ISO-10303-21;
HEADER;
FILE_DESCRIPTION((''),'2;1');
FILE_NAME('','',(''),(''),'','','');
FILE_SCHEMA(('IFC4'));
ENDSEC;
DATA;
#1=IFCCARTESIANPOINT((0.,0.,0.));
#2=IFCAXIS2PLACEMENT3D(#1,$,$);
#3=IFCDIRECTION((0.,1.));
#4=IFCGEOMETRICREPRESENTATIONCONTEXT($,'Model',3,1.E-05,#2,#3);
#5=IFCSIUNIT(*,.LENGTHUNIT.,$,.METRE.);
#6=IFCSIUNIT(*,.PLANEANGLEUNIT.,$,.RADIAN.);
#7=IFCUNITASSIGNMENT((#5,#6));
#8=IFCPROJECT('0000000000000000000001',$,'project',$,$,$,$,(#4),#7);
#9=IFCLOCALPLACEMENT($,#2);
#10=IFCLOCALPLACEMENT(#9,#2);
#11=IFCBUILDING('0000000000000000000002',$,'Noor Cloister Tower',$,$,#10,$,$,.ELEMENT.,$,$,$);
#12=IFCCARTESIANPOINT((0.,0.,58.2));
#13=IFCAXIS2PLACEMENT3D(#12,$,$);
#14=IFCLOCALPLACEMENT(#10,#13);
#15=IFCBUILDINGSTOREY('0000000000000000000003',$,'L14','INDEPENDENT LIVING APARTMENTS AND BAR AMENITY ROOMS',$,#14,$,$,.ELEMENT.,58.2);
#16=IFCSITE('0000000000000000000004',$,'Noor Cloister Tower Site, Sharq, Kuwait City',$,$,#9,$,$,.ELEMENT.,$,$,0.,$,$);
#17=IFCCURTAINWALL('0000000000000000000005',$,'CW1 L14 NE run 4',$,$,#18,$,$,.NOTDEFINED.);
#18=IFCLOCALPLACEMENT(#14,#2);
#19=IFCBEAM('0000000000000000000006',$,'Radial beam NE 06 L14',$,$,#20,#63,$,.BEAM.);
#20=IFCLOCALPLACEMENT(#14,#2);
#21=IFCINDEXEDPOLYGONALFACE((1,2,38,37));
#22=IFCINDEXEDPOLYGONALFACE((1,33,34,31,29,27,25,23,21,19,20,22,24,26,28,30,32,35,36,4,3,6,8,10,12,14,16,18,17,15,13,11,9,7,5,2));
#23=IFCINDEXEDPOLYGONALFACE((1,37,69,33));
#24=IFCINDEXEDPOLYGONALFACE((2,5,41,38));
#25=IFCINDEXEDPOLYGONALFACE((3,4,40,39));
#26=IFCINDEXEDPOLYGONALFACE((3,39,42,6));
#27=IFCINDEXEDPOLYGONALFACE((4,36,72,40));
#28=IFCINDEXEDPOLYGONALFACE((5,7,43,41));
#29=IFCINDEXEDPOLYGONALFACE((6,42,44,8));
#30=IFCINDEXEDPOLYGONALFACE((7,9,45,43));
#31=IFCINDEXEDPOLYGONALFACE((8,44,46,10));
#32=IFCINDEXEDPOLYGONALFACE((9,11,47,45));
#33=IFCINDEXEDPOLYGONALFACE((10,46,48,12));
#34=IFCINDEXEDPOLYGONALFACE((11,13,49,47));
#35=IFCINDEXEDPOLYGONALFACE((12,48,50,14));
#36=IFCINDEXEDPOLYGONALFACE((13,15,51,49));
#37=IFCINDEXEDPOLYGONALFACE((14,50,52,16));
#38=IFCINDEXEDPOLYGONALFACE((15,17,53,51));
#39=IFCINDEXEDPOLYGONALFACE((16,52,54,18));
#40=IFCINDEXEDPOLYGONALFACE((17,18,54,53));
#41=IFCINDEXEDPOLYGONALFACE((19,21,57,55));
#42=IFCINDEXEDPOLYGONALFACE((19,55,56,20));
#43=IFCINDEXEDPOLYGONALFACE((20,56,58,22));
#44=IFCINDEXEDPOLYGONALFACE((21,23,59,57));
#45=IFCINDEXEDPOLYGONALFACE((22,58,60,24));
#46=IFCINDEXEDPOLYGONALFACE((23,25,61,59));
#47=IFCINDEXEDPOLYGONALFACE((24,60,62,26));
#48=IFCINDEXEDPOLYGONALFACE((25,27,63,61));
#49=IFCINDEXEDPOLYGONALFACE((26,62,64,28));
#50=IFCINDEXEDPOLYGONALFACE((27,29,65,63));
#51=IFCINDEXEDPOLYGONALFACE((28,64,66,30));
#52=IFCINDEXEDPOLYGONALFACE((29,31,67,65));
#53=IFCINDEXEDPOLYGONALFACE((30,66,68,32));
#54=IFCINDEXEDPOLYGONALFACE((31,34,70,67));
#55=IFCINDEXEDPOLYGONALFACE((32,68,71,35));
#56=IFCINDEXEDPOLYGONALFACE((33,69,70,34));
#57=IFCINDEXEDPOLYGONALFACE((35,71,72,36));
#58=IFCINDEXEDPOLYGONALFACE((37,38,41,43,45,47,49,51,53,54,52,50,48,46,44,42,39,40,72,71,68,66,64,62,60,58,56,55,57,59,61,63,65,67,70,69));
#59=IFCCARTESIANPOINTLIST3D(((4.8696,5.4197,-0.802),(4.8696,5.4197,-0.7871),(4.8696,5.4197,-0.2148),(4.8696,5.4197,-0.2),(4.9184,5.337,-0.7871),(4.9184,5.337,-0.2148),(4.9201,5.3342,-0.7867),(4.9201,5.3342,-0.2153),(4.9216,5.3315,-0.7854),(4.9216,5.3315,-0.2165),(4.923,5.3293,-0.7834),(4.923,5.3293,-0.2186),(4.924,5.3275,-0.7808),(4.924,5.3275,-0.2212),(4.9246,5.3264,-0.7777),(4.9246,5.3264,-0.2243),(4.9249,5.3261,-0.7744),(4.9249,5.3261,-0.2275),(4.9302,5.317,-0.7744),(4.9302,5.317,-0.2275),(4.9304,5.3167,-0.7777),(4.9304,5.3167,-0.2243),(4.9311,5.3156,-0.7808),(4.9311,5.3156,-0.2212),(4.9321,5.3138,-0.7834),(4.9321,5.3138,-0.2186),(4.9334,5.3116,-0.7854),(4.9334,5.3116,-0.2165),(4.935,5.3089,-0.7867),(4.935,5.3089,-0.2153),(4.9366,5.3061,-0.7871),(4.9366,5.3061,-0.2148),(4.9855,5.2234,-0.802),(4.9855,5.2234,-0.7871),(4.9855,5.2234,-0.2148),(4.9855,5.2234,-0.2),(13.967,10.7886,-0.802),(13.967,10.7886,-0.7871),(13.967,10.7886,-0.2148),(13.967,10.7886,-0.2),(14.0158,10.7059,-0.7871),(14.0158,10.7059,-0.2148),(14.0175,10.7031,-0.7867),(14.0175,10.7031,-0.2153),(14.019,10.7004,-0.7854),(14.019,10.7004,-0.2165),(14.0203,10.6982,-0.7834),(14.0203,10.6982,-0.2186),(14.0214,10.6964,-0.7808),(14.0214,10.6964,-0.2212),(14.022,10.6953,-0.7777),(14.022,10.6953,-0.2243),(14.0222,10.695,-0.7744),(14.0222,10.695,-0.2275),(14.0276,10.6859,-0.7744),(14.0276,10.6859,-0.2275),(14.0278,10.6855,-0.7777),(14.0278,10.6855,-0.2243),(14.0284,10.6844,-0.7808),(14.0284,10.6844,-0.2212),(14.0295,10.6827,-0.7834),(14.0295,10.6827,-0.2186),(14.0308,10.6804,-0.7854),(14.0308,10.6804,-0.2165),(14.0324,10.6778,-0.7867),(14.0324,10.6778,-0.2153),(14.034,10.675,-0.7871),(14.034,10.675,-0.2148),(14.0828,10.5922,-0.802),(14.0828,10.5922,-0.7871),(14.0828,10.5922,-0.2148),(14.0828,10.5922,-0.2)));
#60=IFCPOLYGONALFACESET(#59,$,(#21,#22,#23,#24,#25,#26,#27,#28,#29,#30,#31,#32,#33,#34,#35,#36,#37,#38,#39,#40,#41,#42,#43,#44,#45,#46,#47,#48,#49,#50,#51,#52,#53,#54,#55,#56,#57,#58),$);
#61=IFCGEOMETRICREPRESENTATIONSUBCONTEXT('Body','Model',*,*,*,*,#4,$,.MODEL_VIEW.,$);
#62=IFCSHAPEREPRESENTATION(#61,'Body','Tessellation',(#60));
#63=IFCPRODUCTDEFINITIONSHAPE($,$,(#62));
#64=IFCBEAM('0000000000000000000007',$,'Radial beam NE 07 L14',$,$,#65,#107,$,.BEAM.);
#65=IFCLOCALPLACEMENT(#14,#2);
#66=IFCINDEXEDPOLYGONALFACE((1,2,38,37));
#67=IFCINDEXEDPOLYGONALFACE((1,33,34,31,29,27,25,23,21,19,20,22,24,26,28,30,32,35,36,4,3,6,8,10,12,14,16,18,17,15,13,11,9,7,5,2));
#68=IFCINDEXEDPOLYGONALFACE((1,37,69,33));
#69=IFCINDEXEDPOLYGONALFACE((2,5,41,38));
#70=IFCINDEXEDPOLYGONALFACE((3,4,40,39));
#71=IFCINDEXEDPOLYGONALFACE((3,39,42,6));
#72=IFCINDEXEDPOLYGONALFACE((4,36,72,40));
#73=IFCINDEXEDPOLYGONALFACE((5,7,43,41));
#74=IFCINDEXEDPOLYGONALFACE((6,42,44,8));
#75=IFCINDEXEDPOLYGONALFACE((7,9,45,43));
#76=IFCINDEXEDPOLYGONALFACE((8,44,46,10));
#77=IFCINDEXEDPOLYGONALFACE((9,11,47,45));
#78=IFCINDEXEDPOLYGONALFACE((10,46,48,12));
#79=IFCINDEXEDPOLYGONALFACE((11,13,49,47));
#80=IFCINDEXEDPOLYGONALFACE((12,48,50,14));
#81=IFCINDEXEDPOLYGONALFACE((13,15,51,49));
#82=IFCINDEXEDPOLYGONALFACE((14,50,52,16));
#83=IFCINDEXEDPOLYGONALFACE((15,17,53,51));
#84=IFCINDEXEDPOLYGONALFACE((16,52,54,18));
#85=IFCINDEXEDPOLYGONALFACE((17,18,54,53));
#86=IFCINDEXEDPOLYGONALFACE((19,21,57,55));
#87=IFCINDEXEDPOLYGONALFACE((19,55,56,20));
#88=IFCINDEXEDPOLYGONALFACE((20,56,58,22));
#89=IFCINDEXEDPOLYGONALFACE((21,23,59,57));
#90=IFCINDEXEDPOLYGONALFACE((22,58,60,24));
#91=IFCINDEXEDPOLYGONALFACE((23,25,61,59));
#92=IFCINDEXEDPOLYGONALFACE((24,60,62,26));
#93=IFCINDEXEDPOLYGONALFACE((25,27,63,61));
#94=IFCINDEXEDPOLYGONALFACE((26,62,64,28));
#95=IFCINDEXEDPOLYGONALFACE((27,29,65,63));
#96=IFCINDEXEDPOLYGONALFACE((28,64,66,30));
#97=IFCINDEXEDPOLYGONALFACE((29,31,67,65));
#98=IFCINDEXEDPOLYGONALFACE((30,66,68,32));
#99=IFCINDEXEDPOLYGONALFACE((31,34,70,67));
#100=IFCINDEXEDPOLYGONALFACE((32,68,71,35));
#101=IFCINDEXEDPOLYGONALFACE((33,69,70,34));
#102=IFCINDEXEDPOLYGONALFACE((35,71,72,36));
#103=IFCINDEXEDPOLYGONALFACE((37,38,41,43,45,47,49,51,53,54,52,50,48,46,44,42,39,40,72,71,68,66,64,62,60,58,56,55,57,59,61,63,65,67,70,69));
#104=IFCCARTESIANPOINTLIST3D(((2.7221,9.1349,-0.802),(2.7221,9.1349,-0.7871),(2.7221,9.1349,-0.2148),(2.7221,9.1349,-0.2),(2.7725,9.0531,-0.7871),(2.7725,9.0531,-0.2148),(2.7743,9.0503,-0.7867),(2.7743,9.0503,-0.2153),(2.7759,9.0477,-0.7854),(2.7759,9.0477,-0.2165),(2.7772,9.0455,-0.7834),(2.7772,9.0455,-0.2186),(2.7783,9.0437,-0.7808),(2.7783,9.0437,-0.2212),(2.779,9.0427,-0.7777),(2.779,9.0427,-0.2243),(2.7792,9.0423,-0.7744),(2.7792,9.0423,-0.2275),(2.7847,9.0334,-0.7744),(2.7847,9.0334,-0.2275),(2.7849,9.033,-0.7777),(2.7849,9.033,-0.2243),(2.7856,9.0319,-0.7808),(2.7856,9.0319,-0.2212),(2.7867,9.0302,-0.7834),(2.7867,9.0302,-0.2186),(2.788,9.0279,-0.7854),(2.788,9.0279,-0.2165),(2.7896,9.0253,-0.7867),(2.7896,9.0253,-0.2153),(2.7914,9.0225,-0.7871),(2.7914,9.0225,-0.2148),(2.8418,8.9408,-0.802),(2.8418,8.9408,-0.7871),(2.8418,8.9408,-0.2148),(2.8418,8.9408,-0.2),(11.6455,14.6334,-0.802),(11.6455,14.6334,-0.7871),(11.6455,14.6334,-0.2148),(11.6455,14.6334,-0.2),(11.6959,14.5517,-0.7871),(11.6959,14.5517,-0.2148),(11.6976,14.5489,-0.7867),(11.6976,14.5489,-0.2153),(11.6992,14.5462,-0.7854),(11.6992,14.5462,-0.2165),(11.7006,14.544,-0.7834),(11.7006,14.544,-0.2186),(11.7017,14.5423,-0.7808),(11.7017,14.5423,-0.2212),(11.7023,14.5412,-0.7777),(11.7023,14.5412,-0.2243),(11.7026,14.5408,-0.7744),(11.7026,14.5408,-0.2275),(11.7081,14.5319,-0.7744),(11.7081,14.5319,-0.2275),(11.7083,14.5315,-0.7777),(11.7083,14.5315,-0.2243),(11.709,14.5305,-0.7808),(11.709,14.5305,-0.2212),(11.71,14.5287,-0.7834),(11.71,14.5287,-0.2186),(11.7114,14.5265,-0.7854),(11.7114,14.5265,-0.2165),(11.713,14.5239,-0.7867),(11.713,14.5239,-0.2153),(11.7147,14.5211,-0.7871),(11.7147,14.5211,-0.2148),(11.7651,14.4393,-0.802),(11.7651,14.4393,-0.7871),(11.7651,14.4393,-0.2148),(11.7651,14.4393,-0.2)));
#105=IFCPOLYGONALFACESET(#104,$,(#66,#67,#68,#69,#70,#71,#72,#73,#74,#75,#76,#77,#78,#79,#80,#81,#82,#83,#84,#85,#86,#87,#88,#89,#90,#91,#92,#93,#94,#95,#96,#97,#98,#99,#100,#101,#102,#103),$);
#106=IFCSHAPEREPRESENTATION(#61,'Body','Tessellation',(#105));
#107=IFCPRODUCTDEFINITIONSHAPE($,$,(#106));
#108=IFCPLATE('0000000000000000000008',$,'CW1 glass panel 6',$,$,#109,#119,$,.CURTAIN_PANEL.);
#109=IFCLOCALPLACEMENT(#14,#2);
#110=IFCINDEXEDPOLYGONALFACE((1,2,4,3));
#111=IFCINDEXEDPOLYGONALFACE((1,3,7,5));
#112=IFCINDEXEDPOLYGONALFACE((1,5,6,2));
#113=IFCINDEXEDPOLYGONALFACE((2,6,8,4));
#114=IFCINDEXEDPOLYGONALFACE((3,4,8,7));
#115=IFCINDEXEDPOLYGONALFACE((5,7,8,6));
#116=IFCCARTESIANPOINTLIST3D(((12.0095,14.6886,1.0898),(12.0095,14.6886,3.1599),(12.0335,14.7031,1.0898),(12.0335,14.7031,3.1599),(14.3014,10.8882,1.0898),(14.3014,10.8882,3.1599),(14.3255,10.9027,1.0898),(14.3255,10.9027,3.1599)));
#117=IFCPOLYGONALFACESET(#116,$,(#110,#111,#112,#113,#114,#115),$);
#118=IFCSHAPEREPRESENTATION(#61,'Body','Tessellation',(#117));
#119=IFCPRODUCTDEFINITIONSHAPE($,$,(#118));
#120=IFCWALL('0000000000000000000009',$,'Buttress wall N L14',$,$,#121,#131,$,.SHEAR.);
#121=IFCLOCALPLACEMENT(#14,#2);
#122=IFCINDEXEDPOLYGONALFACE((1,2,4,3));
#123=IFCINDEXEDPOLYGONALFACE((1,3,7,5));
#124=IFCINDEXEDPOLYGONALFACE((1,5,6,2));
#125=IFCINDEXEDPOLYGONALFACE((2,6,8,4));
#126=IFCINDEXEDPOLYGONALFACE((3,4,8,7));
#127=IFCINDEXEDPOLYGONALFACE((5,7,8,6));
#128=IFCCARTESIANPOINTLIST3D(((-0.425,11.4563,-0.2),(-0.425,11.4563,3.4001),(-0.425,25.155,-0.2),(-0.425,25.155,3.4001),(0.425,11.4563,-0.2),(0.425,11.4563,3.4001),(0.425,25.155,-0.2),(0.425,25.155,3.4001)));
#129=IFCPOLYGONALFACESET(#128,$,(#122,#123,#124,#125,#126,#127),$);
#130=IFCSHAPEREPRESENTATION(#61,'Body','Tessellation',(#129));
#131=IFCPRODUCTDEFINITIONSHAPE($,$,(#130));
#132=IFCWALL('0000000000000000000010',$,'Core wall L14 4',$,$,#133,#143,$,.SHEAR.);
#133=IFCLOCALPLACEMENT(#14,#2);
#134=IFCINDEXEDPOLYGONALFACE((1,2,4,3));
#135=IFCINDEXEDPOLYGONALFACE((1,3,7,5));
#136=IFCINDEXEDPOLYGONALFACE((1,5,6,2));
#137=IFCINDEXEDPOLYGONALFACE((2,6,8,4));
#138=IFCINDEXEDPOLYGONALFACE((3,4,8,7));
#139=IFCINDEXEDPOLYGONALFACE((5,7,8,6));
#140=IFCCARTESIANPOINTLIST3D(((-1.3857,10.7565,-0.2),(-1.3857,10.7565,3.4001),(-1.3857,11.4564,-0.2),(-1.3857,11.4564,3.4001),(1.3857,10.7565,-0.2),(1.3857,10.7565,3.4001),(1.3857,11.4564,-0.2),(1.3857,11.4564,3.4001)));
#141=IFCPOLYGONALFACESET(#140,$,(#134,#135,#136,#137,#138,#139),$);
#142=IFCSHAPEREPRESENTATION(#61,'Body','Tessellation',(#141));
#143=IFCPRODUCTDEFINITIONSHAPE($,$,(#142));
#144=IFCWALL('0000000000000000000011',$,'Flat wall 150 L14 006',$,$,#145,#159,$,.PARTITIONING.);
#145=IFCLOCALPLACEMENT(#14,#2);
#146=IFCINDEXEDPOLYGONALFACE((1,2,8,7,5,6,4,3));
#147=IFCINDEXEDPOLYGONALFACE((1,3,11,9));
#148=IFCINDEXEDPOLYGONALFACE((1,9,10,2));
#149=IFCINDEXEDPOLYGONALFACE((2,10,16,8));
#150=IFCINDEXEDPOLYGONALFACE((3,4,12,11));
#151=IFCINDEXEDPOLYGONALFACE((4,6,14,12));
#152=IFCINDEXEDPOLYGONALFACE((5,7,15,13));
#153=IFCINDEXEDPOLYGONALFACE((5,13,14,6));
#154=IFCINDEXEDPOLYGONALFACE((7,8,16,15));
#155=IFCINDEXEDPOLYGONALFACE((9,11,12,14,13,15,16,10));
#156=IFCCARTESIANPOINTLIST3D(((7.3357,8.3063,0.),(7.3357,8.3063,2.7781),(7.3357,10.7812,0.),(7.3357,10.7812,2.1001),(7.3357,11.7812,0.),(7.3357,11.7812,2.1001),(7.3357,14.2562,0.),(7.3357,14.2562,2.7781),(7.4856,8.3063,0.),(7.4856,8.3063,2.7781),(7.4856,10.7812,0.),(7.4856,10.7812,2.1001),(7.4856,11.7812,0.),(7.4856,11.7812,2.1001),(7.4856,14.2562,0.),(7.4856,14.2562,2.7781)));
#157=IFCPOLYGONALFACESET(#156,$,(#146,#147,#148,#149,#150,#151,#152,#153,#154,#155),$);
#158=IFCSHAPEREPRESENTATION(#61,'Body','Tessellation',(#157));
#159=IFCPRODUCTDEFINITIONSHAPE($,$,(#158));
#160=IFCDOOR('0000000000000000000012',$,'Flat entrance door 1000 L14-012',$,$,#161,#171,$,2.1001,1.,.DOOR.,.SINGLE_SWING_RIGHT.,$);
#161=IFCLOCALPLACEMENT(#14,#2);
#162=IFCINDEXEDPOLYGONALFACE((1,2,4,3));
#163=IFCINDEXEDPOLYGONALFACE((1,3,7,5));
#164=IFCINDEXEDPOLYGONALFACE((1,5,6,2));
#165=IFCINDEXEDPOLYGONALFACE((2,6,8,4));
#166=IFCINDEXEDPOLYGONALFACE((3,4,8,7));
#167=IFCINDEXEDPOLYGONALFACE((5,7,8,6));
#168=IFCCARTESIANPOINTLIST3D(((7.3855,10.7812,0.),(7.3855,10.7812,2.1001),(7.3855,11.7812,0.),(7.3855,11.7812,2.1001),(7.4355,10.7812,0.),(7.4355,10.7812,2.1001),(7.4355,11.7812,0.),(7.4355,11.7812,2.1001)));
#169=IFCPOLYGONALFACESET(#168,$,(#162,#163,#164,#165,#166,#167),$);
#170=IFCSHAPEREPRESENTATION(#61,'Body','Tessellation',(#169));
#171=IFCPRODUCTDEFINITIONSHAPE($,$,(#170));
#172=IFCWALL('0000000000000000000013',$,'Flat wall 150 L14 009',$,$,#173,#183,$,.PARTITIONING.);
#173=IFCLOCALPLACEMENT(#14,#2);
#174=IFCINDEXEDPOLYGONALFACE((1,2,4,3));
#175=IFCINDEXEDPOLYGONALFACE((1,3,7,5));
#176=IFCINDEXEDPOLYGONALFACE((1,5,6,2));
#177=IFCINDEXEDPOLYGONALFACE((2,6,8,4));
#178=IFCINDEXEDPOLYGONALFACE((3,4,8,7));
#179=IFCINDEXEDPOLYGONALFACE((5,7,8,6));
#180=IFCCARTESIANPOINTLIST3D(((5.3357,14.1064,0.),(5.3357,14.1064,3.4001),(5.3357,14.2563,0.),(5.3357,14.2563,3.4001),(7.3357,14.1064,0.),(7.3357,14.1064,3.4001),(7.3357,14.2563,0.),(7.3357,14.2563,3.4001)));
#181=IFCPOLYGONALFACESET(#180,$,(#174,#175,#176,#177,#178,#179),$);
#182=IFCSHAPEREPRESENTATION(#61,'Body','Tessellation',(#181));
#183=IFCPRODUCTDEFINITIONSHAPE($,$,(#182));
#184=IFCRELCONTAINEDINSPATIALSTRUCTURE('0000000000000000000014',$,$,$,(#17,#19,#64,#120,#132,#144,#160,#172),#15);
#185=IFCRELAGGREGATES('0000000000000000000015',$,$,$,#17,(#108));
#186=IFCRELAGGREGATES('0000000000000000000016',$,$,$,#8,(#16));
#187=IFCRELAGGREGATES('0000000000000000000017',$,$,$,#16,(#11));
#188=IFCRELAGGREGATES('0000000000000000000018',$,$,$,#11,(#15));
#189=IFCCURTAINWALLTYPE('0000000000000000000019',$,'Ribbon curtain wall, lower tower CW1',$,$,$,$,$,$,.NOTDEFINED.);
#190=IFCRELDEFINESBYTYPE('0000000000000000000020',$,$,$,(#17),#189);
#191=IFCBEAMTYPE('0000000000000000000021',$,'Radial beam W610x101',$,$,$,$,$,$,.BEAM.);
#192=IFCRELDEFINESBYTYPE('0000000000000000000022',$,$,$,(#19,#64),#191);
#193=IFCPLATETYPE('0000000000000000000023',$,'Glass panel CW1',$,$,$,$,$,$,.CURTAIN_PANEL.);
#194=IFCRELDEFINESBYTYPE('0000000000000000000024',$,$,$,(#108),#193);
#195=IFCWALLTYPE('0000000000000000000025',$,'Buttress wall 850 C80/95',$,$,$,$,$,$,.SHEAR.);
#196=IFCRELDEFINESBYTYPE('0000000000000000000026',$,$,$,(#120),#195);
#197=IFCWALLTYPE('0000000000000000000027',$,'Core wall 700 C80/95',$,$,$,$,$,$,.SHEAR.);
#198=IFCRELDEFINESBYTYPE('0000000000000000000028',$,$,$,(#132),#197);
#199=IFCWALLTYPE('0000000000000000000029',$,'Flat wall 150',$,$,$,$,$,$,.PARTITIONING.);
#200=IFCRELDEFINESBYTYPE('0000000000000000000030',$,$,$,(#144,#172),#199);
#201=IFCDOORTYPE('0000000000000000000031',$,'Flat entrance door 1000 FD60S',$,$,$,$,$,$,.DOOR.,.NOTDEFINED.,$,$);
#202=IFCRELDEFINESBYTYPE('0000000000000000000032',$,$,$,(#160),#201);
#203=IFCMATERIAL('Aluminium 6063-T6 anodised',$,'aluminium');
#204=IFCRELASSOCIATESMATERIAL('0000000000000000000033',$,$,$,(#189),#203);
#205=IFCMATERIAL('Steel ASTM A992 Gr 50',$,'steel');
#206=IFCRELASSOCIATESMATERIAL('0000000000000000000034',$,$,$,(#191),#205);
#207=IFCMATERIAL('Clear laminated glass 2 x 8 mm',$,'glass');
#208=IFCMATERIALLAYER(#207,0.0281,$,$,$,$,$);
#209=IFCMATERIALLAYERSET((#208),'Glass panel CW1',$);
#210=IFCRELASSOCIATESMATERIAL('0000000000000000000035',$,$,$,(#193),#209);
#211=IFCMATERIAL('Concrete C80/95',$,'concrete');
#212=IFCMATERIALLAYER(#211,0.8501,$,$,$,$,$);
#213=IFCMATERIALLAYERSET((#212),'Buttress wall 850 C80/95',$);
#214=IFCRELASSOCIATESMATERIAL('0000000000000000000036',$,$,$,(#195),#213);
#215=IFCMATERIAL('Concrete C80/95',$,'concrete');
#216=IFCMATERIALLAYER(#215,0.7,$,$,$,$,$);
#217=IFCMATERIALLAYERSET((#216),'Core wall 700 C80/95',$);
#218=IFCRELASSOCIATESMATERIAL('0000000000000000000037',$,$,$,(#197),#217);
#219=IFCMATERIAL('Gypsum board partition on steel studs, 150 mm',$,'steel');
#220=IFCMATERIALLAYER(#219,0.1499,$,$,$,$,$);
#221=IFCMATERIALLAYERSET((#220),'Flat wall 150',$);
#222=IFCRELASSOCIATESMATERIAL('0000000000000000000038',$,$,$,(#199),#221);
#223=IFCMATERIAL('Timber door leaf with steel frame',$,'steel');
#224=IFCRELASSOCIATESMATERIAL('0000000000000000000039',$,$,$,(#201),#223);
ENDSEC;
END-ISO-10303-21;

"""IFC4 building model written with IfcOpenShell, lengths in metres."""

from ifc_helpers import new_model, si_unit, direction, frame, frame_2d, origin, origin_2d, place, context, subcontext, project, spatial, rectangle, i_section, extrude, material, layer, layer_set, material_profile, profile_set, type_object, element, fill, aggregate, save


model = new_model("IFC4")

# Units and contexts
model_context = context("Model", 3, precision=1e-05, world=origin(), true_north=direction((0.0, 1.0)))
body_context = subcontext(model_context, "Body", "Model", "MODEL_VIEW")
ifc_project = project(units=[si_unit("LENGTHUNIT", "METRE"), si_unit("PLANEANGLEUNIT", "RADIAN")], contexts=[model_context])

# Site, building, storey
site_placement = place(None, origin())
site = spatial("IfcSite", under=ifc_project, at=site_placement, Name="Noor Cloister Tower Site, Sharq, Kuwait City", CompositionType="ELEMENT", RefElevation=0.0)
building_placement = place(site_placement, origin())
building = spatial("IfcBuilding", under=site, at=building_placement, Name="Noor Cloister Tower", CompositionType="ELEMENT")
storey_placement = place(building_placement, frame((0.0, 0.0, 58.2)))
storey = spatial("IfcBuildingStorey", under=building, at=storey_placement, Name="L14", Description="INDEPENDENT LIVING APARTMENTS AND BAR AMENITY ROOMS", CompositionType="ELEMENT", Elevation=58.2)

# Curtain wall
ifc_material_1 = material(Name="Aluminium 6063-T6 anodised", Category="aluminium")
curtain_wall_type = type_object("IfcCurtainWallType", Name="Ribbon curtain wall, lower tower CW1", PredefinedType="NOTDEFINED", material=ifc_material_1)
curtain_wall_placement = place(storey_placement, origin())
curtain_wall = element("IfcCurtainWall", 1, at=curtain_wall_placement, inside=storey, type_object=curtain_wall_type, Name="CW1 L14 NE run 4", PredefinedType="NOTDEFINED")

# Beams
ifc_material_2 = material(Name="Steel ASTM A992 Gr 50", Category="steel")
ifc_material_profile_1 = material_profile(ifc_material_2, i_section(OverallWidth=0.228, OverallDepth=0.6021, WebThickness=0.0105, FlangeThickness=0.0149, FilletRadius=0.0127, at=origin_2d()), Name="W610x101")
ifc_profile_set_1 = profile_set([ifc_material_profile_1], Name="Steel ASTM A992 Gr 50")
beam_type_1 = type_object("IfcBeamType", Name="Radial beam W610x101", PredefinedType="BEAM", material=ifc_profile_set_1)
beam_1_placement = place(storey_placement, frame((14.0249, 10.6904, -0.501), z_axis=(-0.86121, -0.508249, 0.0), x_axis=(0.508249, -0.86121, 0.0)))
element("IfcBeam", 2, at=beam_1_placement, inside=storey, type_object=beam_type_1, Name="Radial beam NE 06 L14", PredefinedType="BEAM", context=body_context, shape_type="SweptSolid", body=[
    extrude(i_section(OverallWidth=0.228, OverallDepth=0.6021, WebThickness=0.0105, FlangeThickness=0.0149, FilletRadius=0.0127, at=origin_2d()), origin(), (0.0, 0.0, 1.0), 10.5635),
])
beam_2_placement = place(storey_placement, frame((11.7053, 14.5364, -0.501), z_axis=(-0.851349, -0.524599, 0.0), x_axis=(0.524599, -0.851349, 0.0)))
element("IfcBeam", 3, at=beam_2_placement, inside=storey, type_object=beam_type_1, Name="Radial beam NE 07 L14", PredefinedType="BEAM", context=body_context, shape_type="SweptSolid", body=[
    extrude(i_section(OverallWidth=0.228, OverallDepth=0.6021, WebThickness=0.0105, FlangeThickness=0.0149, FilletRadius=0.0127, at=origin_2d()), origin(), (0.0, 0.0, 1.0), 10.4814),
])

# Plate
ifc_material_3 = material(Name="Clear laminated glass 2 x 8 mm", Category="glass")
ifc_layer_1 = layer(ifc_material_3, 0.0281)
ifc_layer_set_1 = layer_set([ifc_layer_1], Name="Glass panel CW1")
plate_type = type_object("IfcPlateType", Name="Glass panel CW1", PredefinedType="CURTAIN_PANEL", material=ifc_layer_set_1)
plate_placement = place(storey_placement, frame((13.1675, 12.7957, 1.0898), z_axis=(0.0, 0.0, 1.0), x_axis=(-0.516446, 0.85632, 0.0)))
plate = element("IfcPlate", 4, at=plate_placement, type_object=plate_type, Name="CW1 glass panel 6", PredefinedType="CURTAIN_PANEL", context=body_context, shape_type="SweptSolid", body=[
    extrude(rectangle(XDim=4.438, YDim=0.0281, at=origin_2d()), origin(), (0.0, 0.0, 1.0), 2.0701),
])
aggregate(curtain_wall, [plate])

# Walls
ifc_material_4 = material(Name="Concrete C80/95", Category="concrete")
ifc_layer_2 = layer(ifc_material_4, 0.8501)
ifc_layer_set_2 = layer_set([ifc_layer_2], Name="Buttress wall 850 C80/95")
wall_type_1 = type_object("IfcWallType", Name="Buttress wall 850 C80/95", PredefinedType="SHEAR", material=ifc_layer_set_2)
wall_1_placement = place(storey_placement, frame((0.0, 11.4563, -0.2), z_axis=(0.0, 0.0, 1.0), x_axis=(0.0, 1.0, 0.0)))
element("IfcWall", 5, at=wall_1_placement, inside=storey, type_object=wall_type_1, Name="Buttress wall N L14", PredefinedType="SHEAR", context=body_context, shape_type="SweptSolid", body=[
    extrude(rectangle(XDim=13.6987, YDim=0.8501, at=frame_2d((6.8494, 0.0))), origin(), (0.0, 0.0, 1.0), 3.6001),
])
ifc_material_5 = material(Name="Concrete C80/95", Category="concrete")
ifc_layer_3 = layer(ifc_material_5, 0.7)
ifc_layer_set_3 = layer_set([ifc_layer_3], Name="Core wall 700 C80/95")
wall_type_2 = type_object("IfcWallType", Name="Core wall 700 C80/95", PredefinedType="SHEAR", material=ifc_layer_set_3)
wall_2_placement = place(storey_placement, frame((1.3857, 11.1064, -0.2), z_axis=(0.0, 0.0, 1.0), x_axis=(-1.0, 0.0, 0.0)))
element("IfcWall", 6, at=wall_2_placement, inside=storey, type_object=wall_type_2, Name="Core wall L14 4", PredefinedType="SHEAR", context=body_context, shape_type="SweptSolid", body=[
    extrude(rectangle(XDim=2.7715, YDim=0.7, at=frame_2d((1.3857, 0.0))), origin(), (0.0, 0.0, 1.0), 3.6001),
])

# Wall, opening, door
ifc_material_6 = material(Name="Gypsum board partition on steel studs, 150 mm", Category="steel")
ifc_layer_4 = layer(ifc_material_6, 0.1499)
ifc_layer_set_4 = layer_set([ifc_layer_4], Name="Flat wall 150")
wall_type_3 = type_object("IfcWallType", Name="Flat wall 150", PredefinedType="PARTITIONING", material=ifc_layer_set_4)
wall_3_placement = place(storey_placement, frame((7.4106, 14.2563, 0.0), z_axis=(0.0, 0.0, 1.0), x_axis=(0.0, -1.0, 0.0)))
wall_3 = element("IfcWall", 7, at=wall_3_placement, inside=storey, type_object=wall_type_3, Name="Flat wall 150 L14 006", PredefinedType="PARTITIONING", context=body_context, shape_type="SweptSolid", body=[
    extrude(rectangle(XDim=5.95, YDim=0.1499, at=frame_2d((2.9751, 0.0))), origin(), (0.0, 0.0, 1.0), 2.7781),
])
opening_1_placement = place(wall_3_placement, frame((2.4751, 0.0, 0.0)))
opening_1 = element("IfcOpeningElement", 8, at=opening_1_placement, cuts=wall_3, PredefinedType="OPENING", context=body_context, shape_type="SweptSolid", body=[
    extrude(rectangle(XDim=1.0, YDim=2.1001, at=frame_2d((0.5, 1.05))), frame((0.0, 0.085, 0.0), z_axis=(0.0, -1.0, 0.0), x_axis=(1.0, 0.0, 0.0)), (0.0, 0.0, 1.0), 0.1699),
])
ifc_material_7 = material(Name="Timber door leaf with steel frame", Category="steel")
door_type_1 = type_object("IfcDoorType", Name="Flat entrance door 1000 FD60S", OperationType="NOTDEFINED", PredefinedType="DOOR", material=ifc_material_7)
door_1_placement = place(opening_1_placement, origin())
door_1 = element("IfcDoor", 9, at=door_1_placement, inside=storey, type_object=door_type_1, Name="Flat entrance door 1000 L14-012", OperationType="SINGLE_SWING_RIGHT", OverallHeight=2.1001, OverallWidth=1.0, PredefinedType="DOOR", context=body_context, shape_type="SweptSolid", body=[
    extrude(rectangle(XDim=1.0, YDim=2.1001, at=frame_2d((0.5, 1.05))), frame((0.0, 0.0249, 0.0), z_axis=(0.0, -1.0, 0.0), x_axis=(1.0, 0.0, 0.0)), (0.0, 0.0, 1.0), 0.05),
])
fill(opening_1, door_1)

# Wall
wall_4_placement = place(storey_placement, frame((5.3357, 14.1814, 0.0), z_axis=(0.0, 0.0, 1.0), x_axis=(1.0, 0.0, 0.0)))
element("IfcWall", 10, at=wall_4_placement, inside=storey, type_object=wall_type_3, Name="Flat wall 150 L14 009", PredefinedType="PARTITIONING", context=body_context, shape_type="SweptSolid", body=[
    extrude(rectangle(XDim=2.0, YDim=0.1499, at=frame_2d((1.0, 0.0))), origin(), (0.0, 0.0, 1.0), 3.4001),
])

save(model, "model.ifc")
